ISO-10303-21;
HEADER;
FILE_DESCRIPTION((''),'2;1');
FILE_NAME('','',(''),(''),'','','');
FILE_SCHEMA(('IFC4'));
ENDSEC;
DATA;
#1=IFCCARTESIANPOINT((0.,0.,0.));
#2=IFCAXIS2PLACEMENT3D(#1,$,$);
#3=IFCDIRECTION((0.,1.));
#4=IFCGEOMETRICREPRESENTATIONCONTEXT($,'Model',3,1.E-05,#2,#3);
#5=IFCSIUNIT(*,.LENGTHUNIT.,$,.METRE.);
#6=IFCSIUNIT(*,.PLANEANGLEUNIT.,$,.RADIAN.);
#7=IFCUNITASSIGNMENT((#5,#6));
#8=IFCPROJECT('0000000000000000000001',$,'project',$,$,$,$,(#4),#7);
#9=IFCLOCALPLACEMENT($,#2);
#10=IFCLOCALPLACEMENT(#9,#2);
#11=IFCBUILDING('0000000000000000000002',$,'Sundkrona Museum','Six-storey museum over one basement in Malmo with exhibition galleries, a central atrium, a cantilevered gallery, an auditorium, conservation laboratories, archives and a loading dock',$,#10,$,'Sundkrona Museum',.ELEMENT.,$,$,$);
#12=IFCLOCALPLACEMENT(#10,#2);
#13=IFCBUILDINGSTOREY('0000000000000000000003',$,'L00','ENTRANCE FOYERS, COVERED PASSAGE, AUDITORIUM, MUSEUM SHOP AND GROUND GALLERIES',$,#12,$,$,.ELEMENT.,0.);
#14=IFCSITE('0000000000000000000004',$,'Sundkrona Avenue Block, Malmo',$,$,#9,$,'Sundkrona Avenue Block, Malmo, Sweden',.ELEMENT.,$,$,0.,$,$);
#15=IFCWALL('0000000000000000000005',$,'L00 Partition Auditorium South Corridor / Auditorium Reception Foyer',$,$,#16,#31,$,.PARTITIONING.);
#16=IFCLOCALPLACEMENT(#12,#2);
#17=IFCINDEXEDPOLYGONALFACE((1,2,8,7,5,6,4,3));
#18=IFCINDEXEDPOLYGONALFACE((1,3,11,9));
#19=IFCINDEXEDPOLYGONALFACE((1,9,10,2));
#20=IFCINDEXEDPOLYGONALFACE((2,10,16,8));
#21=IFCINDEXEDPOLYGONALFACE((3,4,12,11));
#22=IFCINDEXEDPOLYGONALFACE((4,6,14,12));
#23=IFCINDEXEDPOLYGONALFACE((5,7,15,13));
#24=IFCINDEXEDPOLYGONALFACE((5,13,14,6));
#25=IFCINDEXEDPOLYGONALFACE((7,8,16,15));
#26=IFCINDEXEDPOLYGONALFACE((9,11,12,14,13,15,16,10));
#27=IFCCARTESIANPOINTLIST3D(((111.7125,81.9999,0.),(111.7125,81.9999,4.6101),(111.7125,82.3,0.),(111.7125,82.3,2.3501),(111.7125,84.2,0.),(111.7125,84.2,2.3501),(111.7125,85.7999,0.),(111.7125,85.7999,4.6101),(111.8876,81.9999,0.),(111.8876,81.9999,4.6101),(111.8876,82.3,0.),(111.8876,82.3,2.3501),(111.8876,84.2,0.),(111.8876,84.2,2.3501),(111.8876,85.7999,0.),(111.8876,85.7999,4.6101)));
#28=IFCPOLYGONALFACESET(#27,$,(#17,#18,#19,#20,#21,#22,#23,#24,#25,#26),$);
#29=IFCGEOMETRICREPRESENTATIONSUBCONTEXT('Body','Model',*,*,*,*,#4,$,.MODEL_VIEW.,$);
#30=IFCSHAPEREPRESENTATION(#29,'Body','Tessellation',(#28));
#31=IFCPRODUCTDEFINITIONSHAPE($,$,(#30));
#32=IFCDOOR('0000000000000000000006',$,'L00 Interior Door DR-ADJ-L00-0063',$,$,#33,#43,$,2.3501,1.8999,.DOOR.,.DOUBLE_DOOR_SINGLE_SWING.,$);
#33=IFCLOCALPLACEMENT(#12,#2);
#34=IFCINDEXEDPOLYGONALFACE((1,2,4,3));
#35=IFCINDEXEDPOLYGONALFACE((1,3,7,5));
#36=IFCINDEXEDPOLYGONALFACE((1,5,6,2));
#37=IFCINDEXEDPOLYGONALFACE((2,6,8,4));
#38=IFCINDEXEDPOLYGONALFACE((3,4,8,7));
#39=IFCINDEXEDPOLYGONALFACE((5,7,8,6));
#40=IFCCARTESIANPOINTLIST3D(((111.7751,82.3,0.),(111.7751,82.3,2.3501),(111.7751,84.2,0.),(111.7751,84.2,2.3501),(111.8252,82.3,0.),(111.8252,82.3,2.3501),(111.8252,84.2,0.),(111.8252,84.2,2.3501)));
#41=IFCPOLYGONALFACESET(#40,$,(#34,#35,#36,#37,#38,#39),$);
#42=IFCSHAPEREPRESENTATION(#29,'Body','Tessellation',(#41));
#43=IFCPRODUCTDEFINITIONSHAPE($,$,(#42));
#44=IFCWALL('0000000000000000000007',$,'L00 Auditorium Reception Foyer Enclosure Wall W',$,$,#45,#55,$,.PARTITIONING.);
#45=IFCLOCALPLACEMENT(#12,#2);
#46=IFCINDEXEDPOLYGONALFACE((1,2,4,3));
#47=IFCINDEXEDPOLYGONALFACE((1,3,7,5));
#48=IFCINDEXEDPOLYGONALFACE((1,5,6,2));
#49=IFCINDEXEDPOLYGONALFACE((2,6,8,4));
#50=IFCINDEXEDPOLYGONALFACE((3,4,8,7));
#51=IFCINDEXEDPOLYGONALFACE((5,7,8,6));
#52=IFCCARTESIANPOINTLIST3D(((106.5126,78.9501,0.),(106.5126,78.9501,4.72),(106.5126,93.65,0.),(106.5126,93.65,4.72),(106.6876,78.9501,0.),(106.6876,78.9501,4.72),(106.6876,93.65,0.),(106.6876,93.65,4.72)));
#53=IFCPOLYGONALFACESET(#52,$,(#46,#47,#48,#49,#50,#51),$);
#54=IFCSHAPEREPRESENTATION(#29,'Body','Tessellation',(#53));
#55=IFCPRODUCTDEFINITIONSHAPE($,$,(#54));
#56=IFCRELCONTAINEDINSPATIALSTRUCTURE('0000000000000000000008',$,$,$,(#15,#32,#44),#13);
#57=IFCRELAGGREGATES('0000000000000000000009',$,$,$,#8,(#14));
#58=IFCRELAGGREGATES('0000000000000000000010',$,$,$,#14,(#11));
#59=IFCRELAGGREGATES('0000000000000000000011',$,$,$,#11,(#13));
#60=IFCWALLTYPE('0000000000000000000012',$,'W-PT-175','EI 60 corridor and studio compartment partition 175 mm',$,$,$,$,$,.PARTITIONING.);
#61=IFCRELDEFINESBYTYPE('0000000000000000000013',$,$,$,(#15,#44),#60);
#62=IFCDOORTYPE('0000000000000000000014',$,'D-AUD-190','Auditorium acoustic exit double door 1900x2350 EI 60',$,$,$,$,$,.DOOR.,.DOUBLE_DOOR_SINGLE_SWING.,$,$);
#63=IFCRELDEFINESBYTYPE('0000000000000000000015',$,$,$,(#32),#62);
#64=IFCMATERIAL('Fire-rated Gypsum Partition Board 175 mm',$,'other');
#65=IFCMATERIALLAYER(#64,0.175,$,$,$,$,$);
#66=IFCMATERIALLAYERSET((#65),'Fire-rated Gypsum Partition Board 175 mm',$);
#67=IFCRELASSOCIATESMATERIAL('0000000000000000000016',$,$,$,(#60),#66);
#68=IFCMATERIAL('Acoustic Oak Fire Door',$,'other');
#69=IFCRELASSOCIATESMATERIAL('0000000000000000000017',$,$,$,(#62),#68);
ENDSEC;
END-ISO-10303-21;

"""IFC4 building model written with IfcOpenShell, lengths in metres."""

from ifc_helpers import new_model, si_unit, direction, frame, frame_2d, origin, place, context, subcontext, project, spatial, rectangle, extrude, material, layer, layer_set, type_object, element, fill, save


model = new_model("IFC4")

# Units and contexts
model_context = context("Model", 3, precision=1e-05, world=origin(), true_north=direction((0.0, 1.0)))
body_context = subcontext(model_context, "Body", "Model", "MODEL_VIEW")
ifc_project = project(units=[si_unit("LENGTHUNIT", "METRE"), si_unit("PLANEANGLEUNIT", "RADIAN")], contexts=[model_context])

# Site, building, storey
site_placement = place(None, origin())
site = spatial("IfcSite", under=ifc_project, at=site_placement, Name="Sundkrona Avenue Block, Malmo", LongName="Sundkrona Avenue Block, Malmo, Sweden", CompositionType="ELEMENT", RefElevation=0.0)
building_placement = place(site_placement, origin())
building = spatial("IfcBuilding", under=site, at=building_placement, Name="Sundkrona Museum", Description="Six-storey museum over one basement in Malmo with exhibition galleries, a central atrium, a cantilevered gallery, an auditorium, conservation laboratories, archives and a loading dock", LongName="Sundkrona Museum", CompositionType="ELEMENT")
storey_placement = place(building_placement, origin())
storey = spatial("IfcBuildingStorey", under=building, at=storey_placement, Name="L00", Description="ENTRANCE FOYERS, COVERED PASSAGE, AUDITORIUM, MUSEUM SHOP AND GROUND GALLERIES", CompositionType="ELEMENT", Elevation=0.0)

# Wall, opening, door
ifc_material_1 = material(Name="Fire-rated Gypsum Partition Board 175 mm", Category="other")
ifc_layer_1 = layer(ifc_material_1, 0.175)
ifc_layer_set_1 = layer_set([ifc_layer_1], Name="Fire-rated Gypsum Partition Board 175 mm")
wall_type_1 = type_object("IfcWallType", Name="W-PT-175", Description="EI 60 corridor and studio compartment partition 175 mm", PredefinedType="PARTITIONING", material=ifc_layer_set_1)
wall_1_placement = place(storey_placement, frame((111.8, 82.0, 0.0), z_axis=(0.0, 0.0, 1.0), x_axis=(0.0, 1.0, 0.0)))
wall_1 = element("IfcWall", 1, at=wall_1_placement, inside=storey, type_object=wall_type_1, Name="L00 Partition Auditorium South Corridor / Auditorium Reception Foyer", PredefinedType="PARTITIONING", context=body_context, shape_type="SweptSolid", body=[
    extrude(rectangle(XDim=3.8, YDim=0.175, at=frame_2d((1.8999, 0.0))), origin(), (0.0, 0.0, 1.0), 4.6101),
])
opening_1_placement = place(wall_1_placement, frame((0.3, 0.0, 0.0)))
opening_1 = element("IfcOpeningElement", 2, at=opening_1_placement, cuts=wall_1, PredefinedType="OPENING", context=body_context, shape_type="SweptSolid", body=[
    extrude(rectangle(XDim=1.8999, YDim=2.3501, at=frame_2d((0.95, 1.175))), frame((0.0, 0.0974, 0.0), z_axis=(0.0, -1.0, 0.0), x_axis=(1.0, 0.0, 0.0)), (0.0, 0.0, 1.0), 0.1951),
])
ifc_material_2 = material(Name="Acoustic Oak Fire Door", Category="other")
door_type = type_object("IfcDoorType", Name="D-AUD-190", Description="Auditorium acoustic exit double door 1900x2350 EI 60", OperationType="DOUBLE_DOOR_SINGLE_SWING", PredefinedType="DOOR", material=ifc_material_2)
door_placement = place(opening_1_placement, origin())
door = element("IfcDoor", 3, at=door_placement, inside=storey, type_object=door_type, Name="L00 Interior Door DR-ADJ-L00-0063", OperationType="DOUBLE_DOOR_SINGLE_SWING", OverallHeight=2.3501, OverallWidth=1.8999, PredefinedType="DOOR", context=body_context, shape_type="SweptSolid", body=[
    extrude(rectangle(XDim=1.8999, YDim=2.3501, at=frame_2d((0.95, 1.175))), frame((0.0, 0.0249, 0.0), z_axis=(0.0, -1.0, 0.0), x_axis=(1.0, 0.0, 0.0)), (0.0, 0.0, 1.0), 0.05),
])
fill(opening_1, door)

# Wall
wall_2_placement = place(storey_placement, frame((106.6001, 78.95, 0.0), z_axis=(0.0, 0.0, 1.0), x_axis=(0.0, 1.0, 0.0)))
element("IfcWall", 4, at=wall_2_placement, inside=storey, type_object=wall_type_1, Name="L00 Auditorium Reception Foyer Enclosure Wall W", PredefinedType="PARTITIONING", context=body_context, shape_type="SweptSolid", body=[
    extrude(rectangle(XDim=14.7, YDim=0.175, at=frame_2d((7.3501, 0.0))), origin(), (0.0, 0.0, 1.0), 4.72),
])

save(model, "model.ifc")
